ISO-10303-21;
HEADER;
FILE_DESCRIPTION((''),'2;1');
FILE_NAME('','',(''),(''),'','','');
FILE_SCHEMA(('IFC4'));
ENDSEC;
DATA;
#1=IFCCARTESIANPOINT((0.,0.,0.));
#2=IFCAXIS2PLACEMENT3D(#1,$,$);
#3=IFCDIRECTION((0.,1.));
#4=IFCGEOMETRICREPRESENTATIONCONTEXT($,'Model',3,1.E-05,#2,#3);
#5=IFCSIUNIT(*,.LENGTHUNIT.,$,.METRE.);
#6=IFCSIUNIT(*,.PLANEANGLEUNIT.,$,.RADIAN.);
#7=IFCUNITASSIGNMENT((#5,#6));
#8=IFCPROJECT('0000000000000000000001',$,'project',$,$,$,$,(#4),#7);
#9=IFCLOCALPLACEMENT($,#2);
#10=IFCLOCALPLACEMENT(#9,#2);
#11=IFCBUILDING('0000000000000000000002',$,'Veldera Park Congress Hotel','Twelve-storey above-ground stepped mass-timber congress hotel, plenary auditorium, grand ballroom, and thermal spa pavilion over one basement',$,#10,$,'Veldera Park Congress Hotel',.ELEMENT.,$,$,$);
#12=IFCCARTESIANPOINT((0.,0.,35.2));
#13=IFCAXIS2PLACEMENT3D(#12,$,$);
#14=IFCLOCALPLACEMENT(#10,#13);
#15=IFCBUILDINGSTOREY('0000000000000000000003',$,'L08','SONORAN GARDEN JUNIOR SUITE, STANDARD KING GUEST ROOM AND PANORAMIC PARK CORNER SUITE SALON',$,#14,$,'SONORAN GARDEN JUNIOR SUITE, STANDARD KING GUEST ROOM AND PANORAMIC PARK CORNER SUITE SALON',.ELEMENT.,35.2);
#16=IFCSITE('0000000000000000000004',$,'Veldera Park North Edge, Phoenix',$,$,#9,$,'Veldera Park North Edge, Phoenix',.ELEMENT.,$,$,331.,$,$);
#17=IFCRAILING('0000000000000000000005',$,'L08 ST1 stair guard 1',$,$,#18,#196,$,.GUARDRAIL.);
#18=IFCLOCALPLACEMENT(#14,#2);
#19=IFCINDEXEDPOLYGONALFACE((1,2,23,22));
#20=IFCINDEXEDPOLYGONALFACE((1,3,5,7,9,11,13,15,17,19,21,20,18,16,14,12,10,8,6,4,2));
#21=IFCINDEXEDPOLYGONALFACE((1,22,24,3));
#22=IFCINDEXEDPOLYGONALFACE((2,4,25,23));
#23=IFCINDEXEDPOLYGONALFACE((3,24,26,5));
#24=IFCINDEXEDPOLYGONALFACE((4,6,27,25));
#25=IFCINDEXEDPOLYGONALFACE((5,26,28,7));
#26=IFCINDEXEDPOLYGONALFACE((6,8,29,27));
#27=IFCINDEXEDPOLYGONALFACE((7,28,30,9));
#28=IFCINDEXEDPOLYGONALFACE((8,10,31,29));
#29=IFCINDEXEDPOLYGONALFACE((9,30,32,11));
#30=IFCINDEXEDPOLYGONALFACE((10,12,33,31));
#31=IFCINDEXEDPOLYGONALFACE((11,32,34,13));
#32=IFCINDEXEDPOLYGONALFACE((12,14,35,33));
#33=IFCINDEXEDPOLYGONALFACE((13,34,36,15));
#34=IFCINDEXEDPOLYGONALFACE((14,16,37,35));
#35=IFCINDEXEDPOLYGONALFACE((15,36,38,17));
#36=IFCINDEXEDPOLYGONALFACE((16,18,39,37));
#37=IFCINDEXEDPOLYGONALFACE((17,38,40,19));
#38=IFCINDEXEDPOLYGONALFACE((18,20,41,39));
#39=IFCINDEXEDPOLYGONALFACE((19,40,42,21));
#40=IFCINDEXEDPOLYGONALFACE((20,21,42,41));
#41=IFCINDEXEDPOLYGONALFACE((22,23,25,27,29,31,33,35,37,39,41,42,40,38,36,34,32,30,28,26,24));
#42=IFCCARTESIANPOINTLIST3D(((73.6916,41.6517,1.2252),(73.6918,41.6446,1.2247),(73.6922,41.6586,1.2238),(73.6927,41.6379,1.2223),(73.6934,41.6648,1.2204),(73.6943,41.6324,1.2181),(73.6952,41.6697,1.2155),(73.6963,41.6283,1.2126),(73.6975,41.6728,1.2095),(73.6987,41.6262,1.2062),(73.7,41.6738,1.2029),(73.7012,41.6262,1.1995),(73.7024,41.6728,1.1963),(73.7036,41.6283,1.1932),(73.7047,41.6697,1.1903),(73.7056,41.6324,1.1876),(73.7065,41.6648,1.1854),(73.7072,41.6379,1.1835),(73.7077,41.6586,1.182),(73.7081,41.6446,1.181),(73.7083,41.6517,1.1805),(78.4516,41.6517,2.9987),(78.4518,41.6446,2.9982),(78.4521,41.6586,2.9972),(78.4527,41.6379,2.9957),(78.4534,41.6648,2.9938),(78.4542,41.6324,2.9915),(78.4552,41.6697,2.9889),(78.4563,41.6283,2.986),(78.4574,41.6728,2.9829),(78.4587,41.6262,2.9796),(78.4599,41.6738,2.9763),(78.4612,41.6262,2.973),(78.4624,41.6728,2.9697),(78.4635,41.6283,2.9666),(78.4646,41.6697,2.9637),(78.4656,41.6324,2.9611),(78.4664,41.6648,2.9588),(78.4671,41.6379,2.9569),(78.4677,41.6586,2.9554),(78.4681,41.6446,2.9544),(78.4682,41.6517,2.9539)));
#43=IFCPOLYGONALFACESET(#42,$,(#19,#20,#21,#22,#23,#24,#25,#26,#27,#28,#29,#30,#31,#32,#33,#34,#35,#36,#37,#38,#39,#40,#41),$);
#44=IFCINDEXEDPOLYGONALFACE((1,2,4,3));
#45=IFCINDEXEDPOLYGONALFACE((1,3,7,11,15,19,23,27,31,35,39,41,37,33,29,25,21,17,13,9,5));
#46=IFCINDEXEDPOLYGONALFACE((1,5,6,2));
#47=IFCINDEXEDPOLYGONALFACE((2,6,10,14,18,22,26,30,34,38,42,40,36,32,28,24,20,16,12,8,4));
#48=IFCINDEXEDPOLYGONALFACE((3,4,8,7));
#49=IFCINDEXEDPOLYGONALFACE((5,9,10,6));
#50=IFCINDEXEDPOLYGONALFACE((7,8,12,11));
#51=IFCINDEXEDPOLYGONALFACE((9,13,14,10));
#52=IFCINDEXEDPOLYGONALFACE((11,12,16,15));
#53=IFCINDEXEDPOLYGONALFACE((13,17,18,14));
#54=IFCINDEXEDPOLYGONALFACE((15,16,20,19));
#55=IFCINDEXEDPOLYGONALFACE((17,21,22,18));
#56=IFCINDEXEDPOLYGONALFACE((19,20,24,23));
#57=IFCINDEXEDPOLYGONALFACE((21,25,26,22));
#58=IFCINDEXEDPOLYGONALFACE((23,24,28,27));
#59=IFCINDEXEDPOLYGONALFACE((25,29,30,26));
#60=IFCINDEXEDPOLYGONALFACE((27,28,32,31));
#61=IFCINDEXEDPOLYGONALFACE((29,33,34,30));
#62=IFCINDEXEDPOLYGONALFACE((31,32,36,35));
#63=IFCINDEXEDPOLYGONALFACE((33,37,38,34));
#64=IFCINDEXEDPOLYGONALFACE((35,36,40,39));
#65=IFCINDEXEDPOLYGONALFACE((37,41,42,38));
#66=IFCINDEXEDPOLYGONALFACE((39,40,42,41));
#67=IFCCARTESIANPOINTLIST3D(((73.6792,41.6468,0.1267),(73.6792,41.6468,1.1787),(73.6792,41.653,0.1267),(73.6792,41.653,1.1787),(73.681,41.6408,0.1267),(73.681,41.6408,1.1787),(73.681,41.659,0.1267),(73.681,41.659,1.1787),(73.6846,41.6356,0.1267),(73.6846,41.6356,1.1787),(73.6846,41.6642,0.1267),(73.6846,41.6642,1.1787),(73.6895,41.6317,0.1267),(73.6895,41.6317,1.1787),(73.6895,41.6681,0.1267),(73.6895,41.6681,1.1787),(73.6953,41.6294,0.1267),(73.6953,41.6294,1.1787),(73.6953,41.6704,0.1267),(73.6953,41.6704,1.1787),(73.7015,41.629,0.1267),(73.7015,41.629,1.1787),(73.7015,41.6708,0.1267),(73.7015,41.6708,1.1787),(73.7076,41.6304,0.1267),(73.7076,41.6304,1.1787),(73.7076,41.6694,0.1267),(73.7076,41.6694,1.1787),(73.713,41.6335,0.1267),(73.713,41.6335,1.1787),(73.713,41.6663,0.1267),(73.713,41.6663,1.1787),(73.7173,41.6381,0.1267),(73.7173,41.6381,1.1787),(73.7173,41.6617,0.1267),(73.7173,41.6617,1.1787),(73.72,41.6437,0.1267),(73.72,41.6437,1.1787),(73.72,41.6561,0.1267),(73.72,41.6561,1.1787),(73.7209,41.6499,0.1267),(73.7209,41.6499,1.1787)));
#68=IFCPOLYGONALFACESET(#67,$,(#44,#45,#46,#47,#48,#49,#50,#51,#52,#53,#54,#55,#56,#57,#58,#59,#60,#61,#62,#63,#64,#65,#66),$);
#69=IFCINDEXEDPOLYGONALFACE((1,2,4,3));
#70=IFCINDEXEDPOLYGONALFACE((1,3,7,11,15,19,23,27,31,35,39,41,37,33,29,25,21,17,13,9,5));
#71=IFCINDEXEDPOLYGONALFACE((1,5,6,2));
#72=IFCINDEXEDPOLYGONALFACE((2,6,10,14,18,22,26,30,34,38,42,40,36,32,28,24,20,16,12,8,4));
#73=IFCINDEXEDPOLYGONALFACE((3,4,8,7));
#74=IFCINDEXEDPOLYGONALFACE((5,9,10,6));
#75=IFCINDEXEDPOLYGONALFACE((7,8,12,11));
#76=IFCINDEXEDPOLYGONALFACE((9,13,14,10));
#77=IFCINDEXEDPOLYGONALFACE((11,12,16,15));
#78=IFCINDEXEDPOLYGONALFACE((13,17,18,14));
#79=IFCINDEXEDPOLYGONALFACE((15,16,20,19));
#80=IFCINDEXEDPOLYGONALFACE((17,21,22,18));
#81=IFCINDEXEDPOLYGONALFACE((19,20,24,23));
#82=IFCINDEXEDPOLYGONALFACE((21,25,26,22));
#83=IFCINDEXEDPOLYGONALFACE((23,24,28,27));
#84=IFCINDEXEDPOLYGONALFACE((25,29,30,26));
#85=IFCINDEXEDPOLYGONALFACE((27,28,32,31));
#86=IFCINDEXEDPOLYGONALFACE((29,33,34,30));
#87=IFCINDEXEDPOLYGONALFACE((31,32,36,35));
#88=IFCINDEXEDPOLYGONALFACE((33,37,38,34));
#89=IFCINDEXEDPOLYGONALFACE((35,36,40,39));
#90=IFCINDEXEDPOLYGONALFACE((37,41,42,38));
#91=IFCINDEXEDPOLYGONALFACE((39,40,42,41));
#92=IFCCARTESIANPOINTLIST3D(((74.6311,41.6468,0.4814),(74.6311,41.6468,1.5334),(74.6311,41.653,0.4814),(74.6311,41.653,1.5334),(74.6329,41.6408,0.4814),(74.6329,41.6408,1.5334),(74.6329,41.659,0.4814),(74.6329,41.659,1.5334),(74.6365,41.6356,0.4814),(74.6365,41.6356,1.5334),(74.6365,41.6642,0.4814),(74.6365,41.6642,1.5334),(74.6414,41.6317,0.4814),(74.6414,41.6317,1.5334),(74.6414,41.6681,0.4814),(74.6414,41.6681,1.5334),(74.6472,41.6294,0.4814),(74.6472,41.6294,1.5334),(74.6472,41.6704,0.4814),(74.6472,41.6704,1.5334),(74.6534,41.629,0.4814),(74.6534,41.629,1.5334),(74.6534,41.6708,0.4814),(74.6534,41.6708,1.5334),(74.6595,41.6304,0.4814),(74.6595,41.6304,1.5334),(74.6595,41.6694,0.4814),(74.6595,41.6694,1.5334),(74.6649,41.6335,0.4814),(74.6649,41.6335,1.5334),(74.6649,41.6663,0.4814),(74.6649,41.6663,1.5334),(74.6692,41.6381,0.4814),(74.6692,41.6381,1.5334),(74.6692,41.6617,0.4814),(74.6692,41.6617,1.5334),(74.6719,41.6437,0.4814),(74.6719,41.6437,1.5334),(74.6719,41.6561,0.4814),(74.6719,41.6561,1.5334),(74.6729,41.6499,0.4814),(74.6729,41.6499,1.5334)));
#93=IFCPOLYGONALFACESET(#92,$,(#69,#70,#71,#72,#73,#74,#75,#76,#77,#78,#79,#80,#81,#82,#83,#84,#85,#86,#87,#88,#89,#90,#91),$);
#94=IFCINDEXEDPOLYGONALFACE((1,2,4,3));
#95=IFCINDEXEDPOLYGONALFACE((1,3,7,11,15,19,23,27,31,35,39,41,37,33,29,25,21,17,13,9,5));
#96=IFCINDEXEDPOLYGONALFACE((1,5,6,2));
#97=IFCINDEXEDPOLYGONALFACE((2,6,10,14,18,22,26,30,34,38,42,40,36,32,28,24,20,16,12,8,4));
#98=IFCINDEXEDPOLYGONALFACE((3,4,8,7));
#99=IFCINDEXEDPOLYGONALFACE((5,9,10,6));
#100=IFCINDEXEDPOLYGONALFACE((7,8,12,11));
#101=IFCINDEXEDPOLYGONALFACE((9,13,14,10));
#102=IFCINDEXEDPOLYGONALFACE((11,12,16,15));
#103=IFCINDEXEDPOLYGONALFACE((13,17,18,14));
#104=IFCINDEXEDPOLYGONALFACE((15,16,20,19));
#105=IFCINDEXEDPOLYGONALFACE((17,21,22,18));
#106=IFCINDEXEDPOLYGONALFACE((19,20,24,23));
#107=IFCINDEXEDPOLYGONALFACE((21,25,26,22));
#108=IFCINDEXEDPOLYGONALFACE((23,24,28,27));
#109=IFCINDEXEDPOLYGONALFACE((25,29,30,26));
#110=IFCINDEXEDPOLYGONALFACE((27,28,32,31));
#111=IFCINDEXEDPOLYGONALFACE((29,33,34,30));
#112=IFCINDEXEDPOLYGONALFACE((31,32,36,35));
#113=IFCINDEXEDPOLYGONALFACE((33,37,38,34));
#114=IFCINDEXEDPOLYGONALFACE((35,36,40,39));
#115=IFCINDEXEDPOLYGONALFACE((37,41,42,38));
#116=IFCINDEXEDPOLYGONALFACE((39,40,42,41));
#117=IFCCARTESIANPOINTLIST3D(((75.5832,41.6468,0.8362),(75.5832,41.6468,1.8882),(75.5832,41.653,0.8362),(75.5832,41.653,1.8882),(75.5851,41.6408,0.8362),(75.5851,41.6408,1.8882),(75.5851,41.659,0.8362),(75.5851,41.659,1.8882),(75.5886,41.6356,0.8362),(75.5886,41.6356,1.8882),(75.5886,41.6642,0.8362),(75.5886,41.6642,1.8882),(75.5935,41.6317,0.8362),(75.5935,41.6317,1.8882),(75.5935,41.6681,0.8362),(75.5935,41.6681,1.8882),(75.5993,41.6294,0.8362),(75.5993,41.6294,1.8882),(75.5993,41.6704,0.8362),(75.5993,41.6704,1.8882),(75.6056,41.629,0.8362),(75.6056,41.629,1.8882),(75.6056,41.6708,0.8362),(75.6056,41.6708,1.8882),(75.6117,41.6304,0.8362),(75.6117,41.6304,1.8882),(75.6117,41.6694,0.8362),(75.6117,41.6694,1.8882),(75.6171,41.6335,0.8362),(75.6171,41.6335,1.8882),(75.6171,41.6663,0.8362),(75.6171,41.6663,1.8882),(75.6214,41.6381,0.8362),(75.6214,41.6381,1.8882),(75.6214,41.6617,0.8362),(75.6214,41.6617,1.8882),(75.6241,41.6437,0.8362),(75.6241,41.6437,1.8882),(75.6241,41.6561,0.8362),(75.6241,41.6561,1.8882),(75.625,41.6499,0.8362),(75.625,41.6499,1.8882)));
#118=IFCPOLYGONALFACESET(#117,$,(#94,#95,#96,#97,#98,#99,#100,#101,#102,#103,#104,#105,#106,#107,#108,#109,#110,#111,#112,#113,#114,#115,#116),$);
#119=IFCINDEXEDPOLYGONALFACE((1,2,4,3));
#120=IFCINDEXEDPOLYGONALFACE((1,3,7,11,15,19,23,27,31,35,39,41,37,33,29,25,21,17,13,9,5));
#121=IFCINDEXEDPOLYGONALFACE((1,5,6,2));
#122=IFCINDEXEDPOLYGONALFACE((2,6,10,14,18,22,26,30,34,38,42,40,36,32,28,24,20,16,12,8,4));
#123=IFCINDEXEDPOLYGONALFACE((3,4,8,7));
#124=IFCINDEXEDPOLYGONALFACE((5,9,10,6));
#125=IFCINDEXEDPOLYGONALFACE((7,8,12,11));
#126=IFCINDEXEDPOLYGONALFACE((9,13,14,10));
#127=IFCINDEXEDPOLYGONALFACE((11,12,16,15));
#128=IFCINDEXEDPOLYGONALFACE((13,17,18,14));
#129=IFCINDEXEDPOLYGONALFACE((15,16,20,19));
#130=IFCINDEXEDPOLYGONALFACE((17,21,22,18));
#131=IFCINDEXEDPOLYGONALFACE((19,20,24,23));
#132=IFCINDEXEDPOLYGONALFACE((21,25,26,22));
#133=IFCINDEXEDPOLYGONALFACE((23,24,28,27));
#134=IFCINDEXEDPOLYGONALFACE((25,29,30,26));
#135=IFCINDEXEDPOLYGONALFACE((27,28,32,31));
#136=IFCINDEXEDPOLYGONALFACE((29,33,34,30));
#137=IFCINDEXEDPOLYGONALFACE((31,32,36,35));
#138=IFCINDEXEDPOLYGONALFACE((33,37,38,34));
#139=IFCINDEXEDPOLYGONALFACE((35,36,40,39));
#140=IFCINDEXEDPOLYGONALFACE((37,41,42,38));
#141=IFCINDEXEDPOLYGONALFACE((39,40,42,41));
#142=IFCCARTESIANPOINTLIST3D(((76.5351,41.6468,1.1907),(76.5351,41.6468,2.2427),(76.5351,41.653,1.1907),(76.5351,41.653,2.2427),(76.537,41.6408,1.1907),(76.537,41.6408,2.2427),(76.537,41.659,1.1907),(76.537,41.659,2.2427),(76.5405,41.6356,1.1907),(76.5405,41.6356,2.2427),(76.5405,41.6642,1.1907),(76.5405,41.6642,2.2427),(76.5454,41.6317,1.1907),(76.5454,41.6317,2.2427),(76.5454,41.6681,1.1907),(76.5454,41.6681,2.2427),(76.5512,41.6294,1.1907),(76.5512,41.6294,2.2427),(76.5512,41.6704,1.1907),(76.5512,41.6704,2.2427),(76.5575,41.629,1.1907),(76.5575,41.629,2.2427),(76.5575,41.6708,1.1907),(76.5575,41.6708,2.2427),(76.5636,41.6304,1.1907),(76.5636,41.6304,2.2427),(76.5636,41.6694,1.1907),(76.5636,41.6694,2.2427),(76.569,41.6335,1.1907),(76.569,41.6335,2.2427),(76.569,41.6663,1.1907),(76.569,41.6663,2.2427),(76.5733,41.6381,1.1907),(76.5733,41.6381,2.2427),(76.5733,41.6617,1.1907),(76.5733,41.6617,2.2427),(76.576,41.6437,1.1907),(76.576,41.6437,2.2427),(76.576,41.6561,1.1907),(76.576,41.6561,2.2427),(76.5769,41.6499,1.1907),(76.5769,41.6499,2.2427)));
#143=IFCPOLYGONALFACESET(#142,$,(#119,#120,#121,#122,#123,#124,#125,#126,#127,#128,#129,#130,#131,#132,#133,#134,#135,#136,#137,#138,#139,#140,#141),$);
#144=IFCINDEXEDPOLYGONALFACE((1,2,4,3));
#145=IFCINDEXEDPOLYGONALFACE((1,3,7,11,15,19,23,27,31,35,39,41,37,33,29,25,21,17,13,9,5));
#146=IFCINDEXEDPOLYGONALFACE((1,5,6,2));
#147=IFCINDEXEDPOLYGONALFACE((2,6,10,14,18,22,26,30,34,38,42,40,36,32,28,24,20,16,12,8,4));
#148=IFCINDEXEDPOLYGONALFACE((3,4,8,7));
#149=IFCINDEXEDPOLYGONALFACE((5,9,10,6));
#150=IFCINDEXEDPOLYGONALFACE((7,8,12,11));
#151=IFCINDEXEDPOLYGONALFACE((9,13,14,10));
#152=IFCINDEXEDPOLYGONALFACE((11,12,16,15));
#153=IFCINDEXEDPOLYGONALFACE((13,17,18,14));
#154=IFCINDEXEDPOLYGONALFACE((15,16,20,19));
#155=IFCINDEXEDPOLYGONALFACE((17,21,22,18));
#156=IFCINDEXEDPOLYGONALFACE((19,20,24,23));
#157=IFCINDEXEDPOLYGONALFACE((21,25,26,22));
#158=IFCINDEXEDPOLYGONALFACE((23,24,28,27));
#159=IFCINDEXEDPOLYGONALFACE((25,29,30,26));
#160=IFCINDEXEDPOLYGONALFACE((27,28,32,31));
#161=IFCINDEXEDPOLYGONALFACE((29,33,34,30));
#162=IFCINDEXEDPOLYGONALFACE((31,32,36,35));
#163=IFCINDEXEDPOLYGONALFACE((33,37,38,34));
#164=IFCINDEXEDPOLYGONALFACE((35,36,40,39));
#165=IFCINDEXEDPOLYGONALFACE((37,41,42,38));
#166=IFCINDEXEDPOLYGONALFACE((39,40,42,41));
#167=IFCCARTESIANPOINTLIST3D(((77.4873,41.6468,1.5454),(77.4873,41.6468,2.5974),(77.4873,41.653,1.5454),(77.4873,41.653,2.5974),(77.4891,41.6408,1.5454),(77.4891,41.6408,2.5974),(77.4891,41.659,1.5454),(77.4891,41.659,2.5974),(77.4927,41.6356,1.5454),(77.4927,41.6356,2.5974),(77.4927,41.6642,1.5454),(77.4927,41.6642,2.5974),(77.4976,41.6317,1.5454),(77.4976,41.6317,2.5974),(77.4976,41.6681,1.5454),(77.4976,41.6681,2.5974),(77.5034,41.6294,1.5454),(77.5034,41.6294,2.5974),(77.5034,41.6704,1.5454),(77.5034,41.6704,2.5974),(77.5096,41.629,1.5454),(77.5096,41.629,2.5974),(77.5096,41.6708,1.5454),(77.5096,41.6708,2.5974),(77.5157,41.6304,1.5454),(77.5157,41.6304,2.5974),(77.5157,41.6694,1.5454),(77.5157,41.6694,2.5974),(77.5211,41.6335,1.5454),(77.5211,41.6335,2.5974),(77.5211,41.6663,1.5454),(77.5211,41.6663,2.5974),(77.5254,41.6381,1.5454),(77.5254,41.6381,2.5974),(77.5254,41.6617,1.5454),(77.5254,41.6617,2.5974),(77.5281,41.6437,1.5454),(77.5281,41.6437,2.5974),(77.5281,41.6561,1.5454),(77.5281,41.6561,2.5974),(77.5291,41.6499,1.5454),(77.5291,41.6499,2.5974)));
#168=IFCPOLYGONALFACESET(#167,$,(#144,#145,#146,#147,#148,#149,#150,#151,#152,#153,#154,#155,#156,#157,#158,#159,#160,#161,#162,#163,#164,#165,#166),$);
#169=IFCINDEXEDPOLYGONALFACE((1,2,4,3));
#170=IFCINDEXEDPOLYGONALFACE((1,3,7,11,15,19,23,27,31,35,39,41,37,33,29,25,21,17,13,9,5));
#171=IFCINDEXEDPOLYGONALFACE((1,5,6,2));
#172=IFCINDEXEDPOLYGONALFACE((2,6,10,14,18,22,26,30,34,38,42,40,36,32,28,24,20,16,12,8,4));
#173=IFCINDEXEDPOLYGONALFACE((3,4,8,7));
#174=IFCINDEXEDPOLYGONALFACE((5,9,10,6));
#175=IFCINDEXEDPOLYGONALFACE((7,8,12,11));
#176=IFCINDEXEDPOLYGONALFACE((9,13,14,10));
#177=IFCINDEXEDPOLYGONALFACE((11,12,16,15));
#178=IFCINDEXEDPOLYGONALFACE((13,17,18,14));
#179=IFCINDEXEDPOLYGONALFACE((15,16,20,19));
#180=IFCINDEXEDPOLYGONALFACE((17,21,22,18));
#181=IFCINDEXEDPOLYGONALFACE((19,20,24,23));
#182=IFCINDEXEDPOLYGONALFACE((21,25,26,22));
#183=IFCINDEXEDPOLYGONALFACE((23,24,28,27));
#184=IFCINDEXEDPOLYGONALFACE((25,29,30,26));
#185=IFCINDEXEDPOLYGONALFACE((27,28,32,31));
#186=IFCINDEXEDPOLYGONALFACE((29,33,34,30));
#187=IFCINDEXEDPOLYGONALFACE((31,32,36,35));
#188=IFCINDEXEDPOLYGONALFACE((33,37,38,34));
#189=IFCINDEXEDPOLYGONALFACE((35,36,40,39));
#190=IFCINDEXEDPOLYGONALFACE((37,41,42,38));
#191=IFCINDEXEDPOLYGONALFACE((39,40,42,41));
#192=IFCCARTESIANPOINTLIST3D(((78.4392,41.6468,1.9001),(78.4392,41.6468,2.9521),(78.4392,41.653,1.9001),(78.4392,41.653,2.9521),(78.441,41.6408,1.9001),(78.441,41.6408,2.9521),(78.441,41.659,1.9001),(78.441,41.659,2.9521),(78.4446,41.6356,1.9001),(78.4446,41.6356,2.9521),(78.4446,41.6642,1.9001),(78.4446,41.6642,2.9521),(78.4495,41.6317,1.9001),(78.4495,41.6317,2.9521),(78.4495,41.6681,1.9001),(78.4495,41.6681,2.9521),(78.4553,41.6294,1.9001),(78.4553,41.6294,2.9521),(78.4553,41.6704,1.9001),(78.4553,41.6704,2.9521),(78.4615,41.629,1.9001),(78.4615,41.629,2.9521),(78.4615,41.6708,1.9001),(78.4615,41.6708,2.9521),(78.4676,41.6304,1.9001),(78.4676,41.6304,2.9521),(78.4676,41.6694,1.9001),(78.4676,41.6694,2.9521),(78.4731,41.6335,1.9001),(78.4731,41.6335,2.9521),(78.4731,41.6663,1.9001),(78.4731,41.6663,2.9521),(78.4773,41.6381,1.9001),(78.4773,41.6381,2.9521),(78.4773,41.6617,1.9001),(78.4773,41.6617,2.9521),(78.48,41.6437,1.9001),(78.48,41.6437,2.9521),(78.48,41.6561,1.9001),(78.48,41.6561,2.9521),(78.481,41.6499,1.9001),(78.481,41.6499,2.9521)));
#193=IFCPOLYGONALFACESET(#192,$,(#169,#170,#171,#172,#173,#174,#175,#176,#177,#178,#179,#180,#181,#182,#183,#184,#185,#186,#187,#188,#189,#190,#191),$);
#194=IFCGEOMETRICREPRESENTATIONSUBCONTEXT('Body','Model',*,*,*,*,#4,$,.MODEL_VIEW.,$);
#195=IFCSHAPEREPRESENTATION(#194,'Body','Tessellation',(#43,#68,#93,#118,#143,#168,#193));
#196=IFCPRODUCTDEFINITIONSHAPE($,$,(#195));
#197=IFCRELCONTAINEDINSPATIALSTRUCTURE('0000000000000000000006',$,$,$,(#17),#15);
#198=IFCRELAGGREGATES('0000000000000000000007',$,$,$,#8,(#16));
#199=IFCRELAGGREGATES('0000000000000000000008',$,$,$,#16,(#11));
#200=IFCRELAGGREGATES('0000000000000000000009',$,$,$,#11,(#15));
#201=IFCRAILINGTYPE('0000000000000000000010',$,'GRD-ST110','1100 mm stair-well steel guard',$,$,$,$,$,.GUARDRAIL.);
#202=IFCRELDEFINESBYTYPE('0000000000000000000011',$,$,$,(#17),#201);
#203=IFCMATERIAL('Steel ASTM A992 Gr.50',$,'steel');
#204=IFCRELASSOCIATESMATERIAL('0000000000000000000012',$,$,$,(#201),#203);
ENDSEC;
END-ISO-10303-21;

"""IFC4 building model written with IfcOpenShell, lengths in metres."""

from ifc_helpers import new_model, si_unit, direction, frame, origin, origin_2d, place, context, subcontext, project, spatial, circle, extrude, material, type_object, element, save


model = new_model("IFC4")

# Units and contexts
model_context = context("Model", 3, precision=1e-05, world=origin(), true_north=direction((0.0, 1.0)))
body_context = subcontext(model_context, "Body", "Model", "MODEL_VIEW")
ifc_project = project(units=[si_unit("LENGTHUNIT", "METRE"), si_unit("PLANEANGLEUNIT", "RADIAN")], contexts=[model_context])

# Site, building, storey
site_placement = place(None, origin())
site = spatial("IfcSite", under=ifc_project, at=site_placement, Name="Veldera Park North Edge, Phoenix", LongName="Veldera Park North Edge, Phoenix", CompositionType="ELEMENT", RefElevation=331.0)
building_placement = place(site_placement, origin())
building = spatial("IfcBuilding", under=site, at=building_placement, Name="Veldera Park Congress Hotel", Description="Twelve-storey above-ground stepped mass-timber congress hotel, plenary auditorium, grand ballroom, and thermal spa pavilion over one basement", LongName="Veldera Park Congress Hotel", CompositionType="ELEMENT")
storey_placement = place(building_placement, frame((0.0, 0.0, 35.2)))
storey = spatial("IfcBuildingStorey", under=building, at=storey_placement, Name="L08", Description="SONORAN GARDEN JUNIOR SUITE, STANDARD KING GUEST ROOM AND PANORAMIC PARK CORNER SUITE SALON", LongName="SONORAN GARDEN JUNIOR SUITE, STANDARD KING GUEST ROOM AND PANORAMIC PARK CORNER SUITE SALON", CompositionType="ELEMENT", Elevation=35.2)

# Railing
ifc_material_1 = material(Name="Steel ASTM A992 Gr.50", Category="steel")
railing_type_1 = type_object("IfcRailingType", Name="GRD-ST110", Description="1100 mm stair-well steel guard", PredefinedType="GUARDRAIL", material=ifc_material_1)
railing_1_placement = place(storey_placement, frame((73.7, 41.6499, 0.1267)))
element("IfcRailing", 1, at=railing_1_placement, inside=storey, type_object=railing_type_1, Name="L08 ST1 stair guard 1", PredefinedType="GUARDRAIL", context=body_context, shape_type="SweptSolid", body=[
    extrude(circle(Radius=0.0239, at=origin_2d()), frame((0.0, 0.0, 1.0762), z_axis=(0.937076, 0.0, 0.349126), x_axis=(0.0, 1.0, 0.0)), (0.0, 0.0, 1.0), 5.0796),
    extrude(circle(Radius=0.021, at=origin_2d()), origin(), (0.0, 0.0, 1.0), 1.052),
    extrude(circle(Radius=0.021, at=origin_2d()), frame((0.9519, 0.0, 0.3547)), (0.0, 0.0, 1.0), 1.052),
    extrude(circle(Radius=0.021, at=origin_2d()), frame((1.9041, 0.0, 0.7095)), (0.0, 0.0, 1.0), 1.052),
    extrude(circle(Radius=0.021, at=origin_2d()), frame((2.856, 0.0, 1.064)), (0.0, 0.0, 1.0), 1.052),
    extrude(circle(Radius=0.021, at=origin_2d()), frame((3.8081, 0.0, 1.4187)), (0.0, 0.0, 1.0), 1.052),
    extrude(circle(Radius=0.021, at=origin_2d()), frame((4.76, 0.0, 1.7734)), (0.0, 0.0, 1.0), 1.052),
])

save(model, "model.ifc")
